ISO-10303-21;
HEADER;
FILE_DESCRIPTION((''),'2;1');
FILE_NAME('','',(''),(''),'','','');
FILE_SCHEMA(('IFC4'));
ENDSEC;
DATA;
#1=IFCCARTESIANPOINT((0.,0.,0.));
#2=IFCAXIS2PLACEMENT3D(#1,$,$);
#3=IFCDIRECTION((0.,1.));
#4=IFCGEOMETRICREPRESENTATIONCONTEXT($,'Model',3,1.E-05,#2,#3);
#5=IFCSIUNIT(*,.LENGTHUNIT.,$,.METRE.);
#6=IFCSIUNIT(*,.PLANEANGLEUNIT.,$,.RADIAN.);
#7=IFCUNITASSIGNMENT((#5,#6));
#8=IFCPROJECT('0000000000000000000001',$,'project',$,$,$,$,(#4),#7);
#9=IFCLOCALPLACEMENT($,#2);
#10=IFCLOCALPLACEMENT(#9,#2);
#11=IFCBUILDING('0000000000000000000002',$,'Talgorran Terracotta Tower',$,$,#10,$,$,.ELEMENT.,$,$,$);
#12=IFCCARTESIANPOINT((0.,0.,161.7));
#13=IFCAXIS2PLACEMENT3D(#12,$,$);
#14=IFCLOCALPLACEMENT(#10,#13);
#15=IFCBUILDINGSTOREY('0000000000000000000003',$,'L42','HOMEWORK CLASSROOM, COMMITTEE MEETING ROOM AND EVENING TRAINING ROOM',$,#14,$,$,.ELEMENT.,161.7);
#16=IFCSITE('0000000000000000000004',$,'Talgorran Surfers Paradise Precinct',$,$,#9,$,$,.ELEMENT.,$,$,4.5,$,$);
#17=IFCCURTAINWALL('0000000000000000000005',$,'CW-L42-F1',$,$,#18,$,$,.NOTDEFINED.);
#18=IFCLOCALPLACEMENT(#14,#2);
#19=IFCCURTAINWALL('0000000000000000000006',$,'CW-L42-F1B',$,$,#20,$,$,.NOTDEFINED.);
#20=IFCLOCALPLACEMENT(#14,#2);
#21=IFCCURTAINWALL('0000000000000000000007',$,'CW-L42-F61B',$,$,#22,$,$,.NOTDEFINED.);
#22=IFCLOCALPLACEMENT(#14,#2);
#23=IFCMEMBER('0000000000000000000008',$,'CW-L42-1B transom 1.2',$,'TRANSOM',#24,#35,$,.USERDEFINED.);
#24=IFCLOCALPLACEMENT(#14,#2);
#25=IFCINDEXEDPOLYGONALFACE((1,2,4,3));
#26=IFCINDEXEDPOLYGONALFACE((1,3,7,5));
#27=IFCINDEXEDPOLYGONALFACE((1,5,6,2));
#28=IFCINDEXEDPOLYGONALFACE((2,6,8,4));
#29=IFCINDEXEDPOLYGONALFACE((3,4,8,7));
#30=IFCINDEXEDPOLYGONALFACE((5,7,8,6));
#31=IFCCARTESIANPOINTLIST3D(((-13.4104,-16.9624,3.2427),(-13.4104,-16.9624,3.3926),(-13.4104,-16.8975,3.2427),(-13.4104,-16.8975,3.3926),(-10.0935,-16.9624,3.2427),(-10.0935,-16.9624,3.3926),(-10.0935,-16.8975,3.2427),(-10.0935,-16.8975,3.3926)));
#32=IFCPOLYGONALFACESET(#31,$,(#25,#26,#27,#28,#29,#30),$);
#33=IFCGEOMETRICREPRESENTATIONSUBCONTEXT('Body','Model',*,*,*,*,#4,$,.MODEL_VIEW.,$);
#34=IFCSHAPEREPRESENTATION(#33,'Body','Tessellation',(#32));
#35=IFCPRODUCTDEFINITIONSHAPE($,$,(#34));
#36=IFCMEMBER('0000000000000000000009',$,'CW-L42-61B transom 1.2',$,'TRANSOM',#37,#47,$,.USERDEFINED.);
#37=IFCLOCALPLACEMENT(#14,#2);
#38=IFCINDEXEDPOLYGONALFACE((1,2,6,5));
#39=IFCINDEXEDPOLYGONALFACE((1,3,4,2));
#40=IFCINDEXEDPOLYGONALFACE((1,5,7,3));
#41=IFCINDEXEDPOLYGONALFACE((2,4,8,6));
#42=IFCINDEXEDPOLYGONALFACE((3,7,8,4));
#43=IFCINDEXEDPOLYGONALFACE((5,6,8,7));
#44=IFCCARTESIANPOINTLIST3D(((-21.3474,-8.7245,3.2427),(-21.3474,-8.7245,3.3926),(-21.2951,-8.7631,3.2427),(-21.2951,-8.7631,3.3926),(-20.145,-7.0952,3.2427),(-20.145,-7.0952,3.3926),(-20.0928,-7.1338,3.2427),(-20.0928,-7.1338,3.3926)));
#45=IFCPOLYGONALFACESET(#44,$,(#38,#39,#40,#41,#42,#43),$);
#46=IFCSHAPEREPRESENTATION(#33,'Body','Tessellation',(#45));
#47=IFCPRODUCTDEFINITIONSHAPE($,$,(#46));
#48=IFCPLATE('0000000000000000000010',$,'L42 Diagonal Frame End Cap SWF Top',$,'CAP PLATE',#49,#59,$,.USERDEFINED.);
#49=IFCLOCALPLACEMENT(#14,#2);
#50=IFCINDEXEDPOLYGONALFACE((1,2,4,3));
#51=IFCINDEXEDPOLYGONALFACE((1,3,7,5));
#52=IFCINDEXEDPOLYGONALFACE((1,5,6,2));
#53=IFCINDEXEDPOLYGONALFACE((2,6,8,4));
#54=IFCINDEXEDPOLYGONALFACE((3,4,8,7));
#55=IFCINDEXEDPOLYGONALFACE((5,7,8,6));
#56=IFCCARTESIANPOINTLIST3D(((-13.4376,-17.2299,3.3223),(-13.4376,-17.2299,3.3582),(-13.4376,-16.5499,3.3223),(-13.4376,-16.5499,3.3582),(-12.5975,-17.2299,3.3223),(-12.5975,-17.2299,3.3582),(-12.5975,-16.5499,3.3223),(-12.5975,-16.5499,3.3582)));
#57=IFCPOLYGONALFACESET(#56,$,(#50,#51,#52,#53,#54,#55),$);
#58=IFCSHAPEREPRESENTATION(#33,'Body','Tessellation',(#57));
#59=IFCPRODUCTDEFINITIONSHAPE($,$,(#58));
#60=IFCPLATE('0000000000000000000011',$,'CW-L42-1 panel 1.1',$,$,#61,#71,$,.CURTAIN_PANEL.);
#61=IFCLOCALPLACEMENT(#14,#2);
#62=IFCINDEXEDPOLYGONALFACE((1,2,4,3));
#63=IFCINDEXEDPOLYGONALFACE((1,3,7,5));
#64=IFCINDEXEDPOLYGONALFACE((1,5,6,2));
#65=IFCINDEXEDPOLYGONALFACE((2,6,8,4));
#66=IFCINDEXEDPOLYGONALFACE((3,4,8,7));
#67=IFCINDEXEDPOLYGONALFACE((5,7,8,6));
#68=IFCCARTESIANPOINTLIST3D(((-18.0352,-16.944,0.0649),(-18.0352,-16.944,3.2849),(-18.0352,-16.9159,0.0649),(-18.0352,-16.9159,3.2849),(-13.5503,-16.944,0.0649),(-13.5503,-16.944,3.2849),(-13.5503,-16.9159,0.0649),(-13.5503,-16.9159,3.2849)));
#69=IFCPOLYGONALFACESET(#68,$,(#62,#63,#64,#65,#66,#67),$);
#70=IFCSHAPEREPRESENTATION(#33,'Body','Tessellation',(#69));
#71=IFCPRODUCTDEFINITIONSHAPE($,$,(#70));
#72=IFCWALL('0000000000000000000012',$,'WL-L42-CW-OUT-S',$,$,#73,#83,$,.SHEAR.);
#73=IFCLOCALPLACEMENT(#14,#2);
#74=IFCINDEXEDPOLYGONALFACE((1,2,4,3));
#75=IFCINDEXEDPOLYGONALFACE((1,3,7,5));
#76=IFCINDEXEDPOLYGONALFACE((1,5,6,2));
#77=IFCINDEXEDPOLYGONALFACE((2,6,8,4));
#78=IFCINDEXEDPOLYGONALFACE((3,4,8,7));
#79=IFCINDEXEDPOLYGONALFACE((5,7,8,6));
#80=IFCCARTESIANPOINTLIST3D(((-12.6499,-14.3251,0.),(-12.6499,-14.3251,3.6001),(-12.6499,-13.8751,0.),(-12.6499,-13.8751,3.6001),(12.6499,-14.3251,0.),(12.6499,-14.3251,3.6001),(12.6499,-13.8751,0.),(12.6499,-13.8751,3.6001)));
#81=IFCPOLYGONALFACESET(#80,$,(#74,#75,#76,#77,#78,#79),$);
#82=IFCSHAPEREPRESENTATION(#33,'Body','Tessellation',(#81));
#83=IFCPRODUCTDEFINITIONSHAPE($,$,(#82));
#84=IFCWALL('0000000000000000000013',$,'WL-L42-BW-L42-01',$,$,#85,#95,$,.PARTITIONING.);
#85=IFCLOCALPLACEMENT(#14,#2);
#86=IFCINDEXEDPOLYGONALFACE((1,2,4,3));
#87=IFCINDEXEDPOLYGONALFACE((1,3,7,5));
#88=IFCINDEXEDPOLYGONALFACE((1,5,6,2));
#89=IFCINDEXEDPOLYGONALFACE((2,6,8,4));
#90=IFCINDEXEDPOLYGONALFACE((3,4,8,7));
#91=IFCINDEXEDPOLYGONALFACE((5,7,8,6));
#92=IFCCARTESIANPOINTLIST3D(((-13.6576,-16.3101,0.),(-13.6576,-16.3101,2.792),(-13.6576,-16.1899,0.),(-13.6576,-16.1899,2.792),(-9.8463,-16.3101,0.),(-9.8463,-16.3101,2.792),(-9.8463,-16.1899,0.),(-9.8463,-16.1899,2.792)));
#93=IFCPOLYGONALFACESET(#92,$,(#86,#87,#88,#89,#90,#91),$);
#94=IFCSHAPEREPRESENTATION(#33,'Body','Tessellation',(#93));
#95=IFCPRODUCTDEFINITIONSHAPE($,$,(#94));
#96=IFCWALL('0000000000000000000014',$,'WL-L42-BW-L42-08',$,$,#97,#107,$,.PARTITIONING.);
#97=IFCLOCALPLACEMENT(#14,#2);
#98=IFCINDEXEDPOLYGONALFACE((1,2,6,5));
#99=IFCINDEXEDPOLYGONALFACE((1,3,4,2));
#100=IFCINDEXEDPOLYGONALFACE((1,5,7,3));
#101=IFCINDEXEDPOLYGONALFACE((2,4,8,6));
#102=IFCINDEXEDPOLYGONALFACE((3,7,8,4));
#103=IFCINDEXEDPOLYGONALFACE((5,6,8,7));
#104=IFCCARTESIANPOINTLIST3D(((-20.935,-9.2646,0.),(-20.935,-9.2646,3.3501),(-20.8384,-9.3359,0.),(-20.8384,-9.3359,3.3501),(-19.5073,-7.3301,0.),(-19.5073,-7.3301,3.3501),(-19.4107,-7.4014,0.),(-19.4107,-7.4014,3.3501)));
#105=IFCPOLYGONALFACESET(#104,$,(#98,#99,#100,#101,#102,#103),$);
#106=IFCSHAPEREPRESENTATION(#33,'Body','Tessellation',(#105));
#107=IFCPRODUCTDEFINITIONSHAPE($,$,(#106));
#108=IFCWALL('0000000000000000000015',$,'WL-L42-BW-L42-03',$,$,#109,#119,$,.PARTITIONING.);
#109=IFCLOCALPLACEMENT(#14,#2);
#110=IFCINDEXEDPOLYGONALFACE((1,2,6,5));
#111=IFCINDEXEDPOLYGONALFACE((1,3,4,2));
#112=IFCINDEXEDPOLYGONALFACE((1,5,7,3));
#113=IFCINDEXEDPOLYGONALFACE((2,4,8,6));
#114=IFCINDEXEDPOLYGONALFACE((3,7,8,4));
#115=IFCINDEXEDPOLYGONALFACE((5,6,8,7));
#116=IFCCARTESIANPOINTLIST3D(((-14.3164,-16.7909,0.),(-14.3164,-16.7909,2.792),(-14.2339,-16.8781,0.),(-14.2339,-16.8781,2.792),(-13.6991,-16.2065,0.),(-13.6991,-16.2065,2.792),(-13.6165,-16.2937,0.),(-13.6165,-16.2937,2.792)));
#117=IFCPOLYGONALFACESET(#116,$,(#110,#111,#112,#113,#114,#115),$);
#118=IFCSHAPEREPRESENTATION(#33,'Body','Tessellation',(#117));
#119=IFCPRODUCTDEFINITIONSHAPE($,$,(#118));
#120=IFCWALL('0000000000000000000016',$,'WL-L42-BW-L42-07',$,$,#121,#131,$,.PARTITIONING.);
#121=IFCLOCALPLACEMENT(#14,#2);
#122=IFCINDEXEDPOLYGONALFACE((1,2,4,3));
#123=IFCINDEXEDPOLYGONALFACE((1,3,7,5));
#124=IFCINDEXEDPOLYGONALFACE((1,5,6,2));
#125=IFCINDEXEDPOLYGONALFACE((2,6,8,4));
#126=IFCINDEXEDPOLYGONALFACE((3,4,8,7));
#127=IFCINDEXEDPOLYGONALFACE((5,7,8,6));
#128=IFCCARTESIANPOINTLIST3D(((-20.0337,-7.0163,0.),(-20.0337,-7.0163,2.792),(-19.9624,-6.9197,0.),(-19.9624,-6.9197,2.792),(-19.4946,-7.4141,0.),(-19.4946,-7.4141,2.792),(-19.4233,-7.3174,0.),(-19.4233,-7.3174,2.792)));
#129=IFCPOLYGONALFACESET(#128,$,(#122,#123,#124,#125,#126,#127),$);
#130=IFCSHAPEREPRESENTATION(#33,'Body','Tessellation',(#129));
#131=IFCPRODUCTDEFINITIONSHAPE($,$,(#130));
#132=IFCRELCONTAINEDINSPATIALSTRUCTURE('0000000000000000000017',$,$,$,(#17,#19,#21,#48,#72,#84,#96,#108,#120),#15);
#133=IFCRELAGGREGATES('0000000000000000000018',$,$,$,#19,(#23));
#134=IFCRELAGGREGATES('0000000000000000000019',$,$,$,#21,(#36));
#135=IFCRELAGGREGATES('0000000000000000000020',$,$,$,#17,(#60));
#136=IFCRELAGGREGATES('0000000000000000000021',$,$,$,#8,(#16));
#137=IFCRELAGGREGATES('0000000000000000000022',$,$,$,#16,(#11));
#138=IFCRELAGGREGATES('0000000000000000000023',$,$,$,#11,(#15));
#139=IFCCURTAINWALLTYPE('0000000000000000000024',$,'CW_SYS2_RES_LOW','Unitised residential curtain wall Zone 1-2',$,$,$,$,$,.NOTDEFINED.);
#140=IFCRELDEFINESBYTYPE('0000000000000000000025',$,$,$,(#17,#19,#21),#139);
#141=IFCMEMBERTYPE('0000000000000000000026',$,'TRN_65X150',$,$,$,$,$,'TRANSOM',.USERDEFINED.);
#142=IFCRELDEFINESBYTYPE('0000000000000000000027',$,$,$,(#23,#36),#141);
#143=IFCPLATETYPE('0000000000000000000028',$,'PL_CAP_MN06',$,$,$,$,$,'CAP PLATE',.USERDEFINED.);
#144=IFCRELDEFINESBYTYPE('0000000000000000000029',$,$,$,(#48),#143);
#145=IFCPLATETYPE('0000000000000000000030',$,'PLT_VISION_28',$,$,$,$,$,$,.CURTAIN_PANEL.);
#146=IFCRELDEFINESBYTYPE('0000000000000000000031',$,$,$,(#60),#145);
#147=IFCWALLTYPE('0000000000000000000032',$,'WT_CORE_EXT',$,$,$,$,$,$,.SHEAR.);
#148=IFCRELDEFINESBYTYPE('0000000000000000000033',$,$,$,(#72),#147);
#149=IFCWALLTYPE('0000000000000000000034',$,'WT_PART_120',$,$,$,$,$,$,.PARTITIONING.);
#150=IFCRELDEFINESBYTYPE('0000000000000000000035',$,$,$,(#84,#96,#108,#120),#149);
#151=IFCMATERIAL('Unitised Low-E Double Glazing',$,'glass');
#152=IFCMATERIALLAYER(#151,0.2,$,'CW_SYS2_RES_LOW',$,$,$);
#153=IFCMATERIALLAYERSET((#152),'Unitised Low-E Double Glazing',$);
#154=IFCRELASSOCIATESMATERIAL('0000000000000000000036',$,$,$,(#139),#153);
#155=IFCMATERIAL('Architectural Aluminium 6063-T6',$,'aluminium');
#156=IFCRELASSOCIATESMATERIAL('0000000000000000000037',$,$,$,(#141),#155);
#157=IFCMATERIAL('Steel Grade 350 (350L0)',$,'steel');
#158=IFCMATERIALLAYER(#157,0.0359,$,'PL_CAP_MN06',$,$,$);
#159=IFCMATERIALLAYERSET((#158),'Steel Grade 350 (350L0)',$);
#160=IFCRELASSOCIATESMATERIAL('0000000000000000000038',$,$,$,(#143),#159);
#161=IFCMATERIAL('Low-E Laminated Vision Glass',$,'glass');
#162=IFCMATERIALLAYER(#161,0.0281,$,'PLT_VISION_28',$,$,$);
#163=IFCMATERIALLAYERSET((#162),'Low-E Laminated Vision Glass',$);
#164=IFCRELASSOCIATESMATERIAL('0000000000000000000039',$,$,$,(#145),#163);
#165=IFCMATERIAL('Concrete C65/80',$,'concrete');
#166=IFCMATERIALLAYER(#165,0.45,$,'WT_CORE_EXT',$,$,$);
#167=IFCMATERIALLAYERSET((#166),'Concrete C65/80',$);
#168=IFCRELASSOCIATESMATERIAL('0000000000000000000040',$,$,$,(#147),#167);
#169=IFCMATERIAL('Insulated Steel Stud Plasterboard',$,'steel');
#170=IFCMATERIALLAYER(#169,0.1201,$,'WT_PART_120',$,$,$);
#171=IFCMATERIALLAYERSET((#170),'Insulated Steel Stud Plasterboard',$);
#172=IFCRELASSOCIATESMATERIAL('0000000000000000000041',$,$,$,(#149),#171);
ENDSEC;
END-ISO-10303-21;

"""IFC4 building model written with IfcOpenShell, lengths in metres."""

from ifc_helpers import new_model, si_unit, direction, frame, frame_2d, origin, origin_2d, place, context, subcontext, project, spatial, rectangle, extrude, source, transform, mapped, material, layer, layer_set, material_profile, profile_set, type_object, type_shapes, element, aggregate, save


model = new_model("IFC4")

# Units and contexts
model_context = context("Model", 3, precision=1e-05, world=origin(), true_north=direction((0.0, 1.0)))
body_context = subcontext(model_context, "Body", "Model", "MODEL_VIEW")
ifc_project = project(units=[si_unit("LENGTHUNIT", "METRE"), si_unit("PLANEANGLEUNIT", "RADIAN")], contexts=[model_context])

# Site, building, storey
site_placement = place(None, origin())
site = spatial("IfcSite", under=ifc_project, at=site_placement, Name="Talgorran Surfers Paradise Precinct", CompositionType="ELEMENT", RefElevation=4.5)
building_placement = place(site_placement, origin())
building = spatial("IfcBuilding", under=site, at=building_placement, Name="Talgorran Terracotta Tower", CompositionType="ELEMENT")
storey_placement = place(building_placement, frame((0.0, 0.0, 161.7)))
storey = spatial("IfcBuildingStorey", under=building, at=storey_placement, Name="L42", Description="HOMEWORK CLASSROOM, COMMITTEE MEETING ROOM AND EVENING TRAINING ROOM", CompositionType="ELEMENT", Elevation=161.7)

# Shared definitions
ifc_material_1 = material(Name="Steel Grade 350 (350L0)", Category="steel")

# Shared definitions
ifc_material_2 = material(Name="Unitised Low-E Double Glazing", Category="glass")
ifc_layer_1 = layer(ifc_material_2, 0.2, Name="CW_SYS2_RES_LOW")
ifc_layer_set_1 = layer_set([ifc_layer_1], Name="Unitised Low-E Double Glazing")
curtain_wall_type = type_object("IfcCurtainWallType", Name="CW_SYS2_RES_LOW", Description="Unitised residential curtain wall Zone 1-2", PredefinedType="NOTDEFINED", material=ifc_layer_set_1)
ifc_material_3 = material(Name="Architectural Aluminium 6063-T6", Category="aluminium")

# Curtain wall
curtain_wall_1_placement = place(storey_placement, origin())
curtain_wall_1 = element("IfcCurtainWall", 1, at=curtain_wall_1_placement, inside=storey, type_object=curtain_wall_type, Name="CW-L42-F1", PredefinedType="NOTDEFINED")

# Curtain walls
curtain_wall_2_placement = place(storey_placement, origin())
curtain_wall_2 = element("IfcCurtainWall", 2, at=curtain_wall_2_placement, inside=storey, type_object=curtain_wall_type, Name="CW-L42-F1B", PredefinedType="NOTDEFINED")
curtain_wall_3_placement = place(storey_placement, origin())
curtain_wall_3 = element("IfcCurtainWall", 3, at=curtain_wall_3_placement, inside=storey, type_object=curtain_wall_type, Name="CW-L42-F61B", PredefinedType="NOTDEFINED")

# Members
ifc_material_profile_1 = material_profile(ifc_material_3, rectangle(XDim=0.0649, YDim=0.1499, at=origin_2d()), Name="CWT65X150")
ifc_profile_set_1 = profile_set([ifc_material_profile_1], Name="Architectural Aluminium 6063-T6")
member_type_1 = type_object("IfcMemberType", Name="TRN_65X150", ElementType="TRANSOM", PredefinedType="USERDEFINED", material=ifc_profile_set_1)
member_1_placement = place(storey_placement, frame((-13.4104, -16.9299, 3.3176), z_axis=(1.0, 0.0, 0.0), x_axis=(0.0, 1.0, 0.0)))
member_1 = element("IfcMember", 4, at=member_1_placement, type_object=member_type_1, Name="CW-L42-1B transom 1.2", ObjectType="TRANSOM", PredefinedType="USERDEFINED", context=body_context, shape_type="SweptSolid", body=[
    extrude(rectangle(XDim=0.0649, YDim=0.1499, at=origin_2d()), origin(), (0.0, 0.0, 1.0), 3.3169),
])
aggregate(curtain_wall_2, [member_1])
member_2_placement = place(storey_placement, frame((-20.1189, -7.1145, 3.3176), z_axis=(-0.593771, -0.804634, 0.0), x_axis=(0.804634, -0.593771, 0.0)))
member_2 = element("IfcMember", 5, at=member_2_placement, type_object=member_type_1, Name="CW-L42-61B transom 1.2", ObjectType="TRANSOM", PredefinedType="USERDEFINED", context=body_context, shape_type="SweptSolid", body=[
    extrude(rectangle(XDim=0.0649, YDim=0.1499, at=origin_2d()), origin(), (0.0, 0.0, 1.0), 2.0249),
])
aggregate(curtain_wall_3, [member_2])

# Plates
ifc_layer_2 = layer(ifc_material_1, 0.0359, Name="PL_CAP_MN06")
ifc_layer_set_2 = layer_set([ifc_layer_2], Name="Steel Grade 350 (350L0)")
plate_type_1 = type_object("IfcPlateType", Name="PL_CAP_MN06", ElementType="CAP PLATE", PredefinedType="USERDEFINED", material=ifc_layer_set_2)
plate_1_placement = place(storey_placement, frame((-13.0176, -16.8899, 3.3223), z_axis=(0.0, 0.0, 1.0), x_axis=(-1.0, 0.0, 0.0)))
element("IfcPlate", 6, at=plate_1_placement, inside=storey, type_object=plate_type_1, Name="L42 Diagonal Frame End Cap SWF Top", ObjectType="CAP PLATE", PredefinedType="USERDEFINED", context=body_context, shape_type="SweptSolid", body=[
    extrude(rectangle(XDim=0.8401, YDim=0.6799, at=origin_2d()), origin(), (0.0, 0.0, 1.0), 0.0359),
])
ifc_material_4 = material(Name="Low-E Laminated Vision Glass", Category="glass")
ifc_layer_3 = layer(ifc_material_4, 0.0281, Name="PLT_VISION_28")
ifc_layer_set_3 = layer_set([ifc_layer_3], Name="Low-E Laminated Vision Glass")
plate_type_2 = type_object("IfcPlateType", Name="PLT_VISION_28", PredefinedType="CURTAIN_PANEL", material=ifc_layer_set_3)
shared_shape = source(origin(), body_context, "Body", "SweptSolid", [
    extrude(rectangle(XDim=4.4849, YDim=0.0281, at=origin_2d()), origin(), (0.0, 0.0, 1.0), 3.22),
])
type_shapes(plate_type_2, [shared_shape])
plate_2_placement = place(storey_placement, frame((-15.7927, -16.9299, 0.0649), z_axis=(0.0, 0.0, 1.0), x_axis=(1.0, 0.0, 0.0)))
plate_2 = element("IfcPlate", 7, at=plate_2_placement, type_object=plate_type_2, Name="CW-L42-1 panel 1.1", PredefinedType="CURTAIN_PANEL", context=body_context, shape_type="MappedRepresentation", body=[
    mapped(shared_shape, transform((0.0, 0.0, 0.0), scale=1.0)),
])
aggregate(curtain_wall_1, [plate_2])

# Walls
ifc_material_5 = material(Name="Concrete C65/80", Category="concrete")
ifc_layer_4 = layer(ifc_material_5, 0.45, Name="WT_CORE_EXT")
ifc_layer_set_4 = layer_set([ifc_layer_4], Name="Concrete C65/80")
wall_type_1 = type_object("IfcWallType", Name="WT_CORE_EXT", PredefinedType="SHEAR", material=ifc_layer_set_4)
wall_1_placement = place(storey_placement, frame((-12.6499, -14.1001, 0.0), z_axis=(0.0, 0.0, 1.0), x_axis=(1.0, 0.0, 0.0)))
element("IfcWall", 8, at=wall_1_placement, inside=storey, type_object=wall_type_1, Name="WL-L42-CW-OUT-S", PredefinedType="SHEAR", context=body_context, shape_type="SweptSolid", body=[
    extrude(rectangle(XDim=25.2998, YDim=0.45, at=frame_2d((12.6499, 0.0))), origin(), (0.0, 0.0, 1.0), 3.6001),
])
ifc_material_6 = material(Name="Insulated Steel Stud Plasterboard", Category="steel")
ifc_layer_5 = layer(ifc_material_6, 0.1201, Name="WT_PART_120")
ifc_layer_set_5 = layer_set([ifc_layer_5], Name="Insulated Steel Stud Plasterboard")
wall_type_2 = type_object("IfcWallType", Name="WT_PART_120", PredefinedType="PARTITIONING", material=ifc_layer_set_5)
wall_2_placement = place(storey_placement, frame((-13.6577, -16.25, 0.0), z_axis=(0.0, 0.0, 1.0), x_axis=(1.0, 0.0, 0.0)))
element("IfcWall", 9, at=wall_2_placement, inside=storey, type_object=wall_type_2, Name="WL-L42-BW-L42-01", PredefinedType="PARTITIONING", context=body_context, shape_type="SweptSolid", body=[
    extrude(rectangle(XDim=3.8113, YDim=0.1201, at=frame_2d((1.9058, 0.0))), origin(), (0.0, 0.0, 1.0), 2.792),
])
wall_3_placement = place(storey_placement, frame((-19.459, -7.3657, 0.0), z_axis=(0.0, 0.0, 1.0), x_axis=(-0.593808, -0.804606, 0.0)))
element("IfcWall", 10, at=wall_3_placement, inside=storey, type_object=wall_type_2, Name="WL-L42-BW-L42-08", PredefinedType="PARTITIONING", context=body_context, shape_type="SweptSolid", body=[
    extrude(rectangle(XDim=2.4043, YDim=0.1201, at=frame_2d((1.2021, 0.0))), origin(), (0.0, 0.0, 1.0), 3.3501),
])
wall_4_placement = place(storey_placement, frame((-14.2751, -16.8345, 0.0), z_axis=(0.0, 0.0, 1.0), x_axis=(0.726224, 0.687458, 0.0)))
element("IfcWall", 11, at=wall_4_placement, inside=storey, type_object=wall_type_2, Name="WL-L42-BW-L42-03", PredefinedType="PARTITIONING", context=body_context, shape_type="SweptSolid", body=[
    extrude(rectangle(XDim=0.8501, YDim=0.1201, at=frame_2d((0.425, 0.0))), origin(), (0.0, 0.0, 1.0), 2.792),
])
wall_5_placement = place(storey_placement, frame((-19.998, -6.968, 0.0), z_axis=(0.0, 0.0, 1.0), x_axis=(0.804698, -0.593684, 0.0)))
element("IfcWall", 12, at=wall_5_placement, inside=storey, type_object=wall_type_2, Name="WL-L42-BW-L42-07", PredefinedType="PARTITIONING", context=body_context, shape_type="SweptSolid", body=[
    extrude(rectangle(XDim=0.6699, YDim=0.1201, at=frame_2d((0.335, 0.0))), origin(), (0.0, 0.0, 1.0), 2.792),
])

save(model, "model.ifc")
